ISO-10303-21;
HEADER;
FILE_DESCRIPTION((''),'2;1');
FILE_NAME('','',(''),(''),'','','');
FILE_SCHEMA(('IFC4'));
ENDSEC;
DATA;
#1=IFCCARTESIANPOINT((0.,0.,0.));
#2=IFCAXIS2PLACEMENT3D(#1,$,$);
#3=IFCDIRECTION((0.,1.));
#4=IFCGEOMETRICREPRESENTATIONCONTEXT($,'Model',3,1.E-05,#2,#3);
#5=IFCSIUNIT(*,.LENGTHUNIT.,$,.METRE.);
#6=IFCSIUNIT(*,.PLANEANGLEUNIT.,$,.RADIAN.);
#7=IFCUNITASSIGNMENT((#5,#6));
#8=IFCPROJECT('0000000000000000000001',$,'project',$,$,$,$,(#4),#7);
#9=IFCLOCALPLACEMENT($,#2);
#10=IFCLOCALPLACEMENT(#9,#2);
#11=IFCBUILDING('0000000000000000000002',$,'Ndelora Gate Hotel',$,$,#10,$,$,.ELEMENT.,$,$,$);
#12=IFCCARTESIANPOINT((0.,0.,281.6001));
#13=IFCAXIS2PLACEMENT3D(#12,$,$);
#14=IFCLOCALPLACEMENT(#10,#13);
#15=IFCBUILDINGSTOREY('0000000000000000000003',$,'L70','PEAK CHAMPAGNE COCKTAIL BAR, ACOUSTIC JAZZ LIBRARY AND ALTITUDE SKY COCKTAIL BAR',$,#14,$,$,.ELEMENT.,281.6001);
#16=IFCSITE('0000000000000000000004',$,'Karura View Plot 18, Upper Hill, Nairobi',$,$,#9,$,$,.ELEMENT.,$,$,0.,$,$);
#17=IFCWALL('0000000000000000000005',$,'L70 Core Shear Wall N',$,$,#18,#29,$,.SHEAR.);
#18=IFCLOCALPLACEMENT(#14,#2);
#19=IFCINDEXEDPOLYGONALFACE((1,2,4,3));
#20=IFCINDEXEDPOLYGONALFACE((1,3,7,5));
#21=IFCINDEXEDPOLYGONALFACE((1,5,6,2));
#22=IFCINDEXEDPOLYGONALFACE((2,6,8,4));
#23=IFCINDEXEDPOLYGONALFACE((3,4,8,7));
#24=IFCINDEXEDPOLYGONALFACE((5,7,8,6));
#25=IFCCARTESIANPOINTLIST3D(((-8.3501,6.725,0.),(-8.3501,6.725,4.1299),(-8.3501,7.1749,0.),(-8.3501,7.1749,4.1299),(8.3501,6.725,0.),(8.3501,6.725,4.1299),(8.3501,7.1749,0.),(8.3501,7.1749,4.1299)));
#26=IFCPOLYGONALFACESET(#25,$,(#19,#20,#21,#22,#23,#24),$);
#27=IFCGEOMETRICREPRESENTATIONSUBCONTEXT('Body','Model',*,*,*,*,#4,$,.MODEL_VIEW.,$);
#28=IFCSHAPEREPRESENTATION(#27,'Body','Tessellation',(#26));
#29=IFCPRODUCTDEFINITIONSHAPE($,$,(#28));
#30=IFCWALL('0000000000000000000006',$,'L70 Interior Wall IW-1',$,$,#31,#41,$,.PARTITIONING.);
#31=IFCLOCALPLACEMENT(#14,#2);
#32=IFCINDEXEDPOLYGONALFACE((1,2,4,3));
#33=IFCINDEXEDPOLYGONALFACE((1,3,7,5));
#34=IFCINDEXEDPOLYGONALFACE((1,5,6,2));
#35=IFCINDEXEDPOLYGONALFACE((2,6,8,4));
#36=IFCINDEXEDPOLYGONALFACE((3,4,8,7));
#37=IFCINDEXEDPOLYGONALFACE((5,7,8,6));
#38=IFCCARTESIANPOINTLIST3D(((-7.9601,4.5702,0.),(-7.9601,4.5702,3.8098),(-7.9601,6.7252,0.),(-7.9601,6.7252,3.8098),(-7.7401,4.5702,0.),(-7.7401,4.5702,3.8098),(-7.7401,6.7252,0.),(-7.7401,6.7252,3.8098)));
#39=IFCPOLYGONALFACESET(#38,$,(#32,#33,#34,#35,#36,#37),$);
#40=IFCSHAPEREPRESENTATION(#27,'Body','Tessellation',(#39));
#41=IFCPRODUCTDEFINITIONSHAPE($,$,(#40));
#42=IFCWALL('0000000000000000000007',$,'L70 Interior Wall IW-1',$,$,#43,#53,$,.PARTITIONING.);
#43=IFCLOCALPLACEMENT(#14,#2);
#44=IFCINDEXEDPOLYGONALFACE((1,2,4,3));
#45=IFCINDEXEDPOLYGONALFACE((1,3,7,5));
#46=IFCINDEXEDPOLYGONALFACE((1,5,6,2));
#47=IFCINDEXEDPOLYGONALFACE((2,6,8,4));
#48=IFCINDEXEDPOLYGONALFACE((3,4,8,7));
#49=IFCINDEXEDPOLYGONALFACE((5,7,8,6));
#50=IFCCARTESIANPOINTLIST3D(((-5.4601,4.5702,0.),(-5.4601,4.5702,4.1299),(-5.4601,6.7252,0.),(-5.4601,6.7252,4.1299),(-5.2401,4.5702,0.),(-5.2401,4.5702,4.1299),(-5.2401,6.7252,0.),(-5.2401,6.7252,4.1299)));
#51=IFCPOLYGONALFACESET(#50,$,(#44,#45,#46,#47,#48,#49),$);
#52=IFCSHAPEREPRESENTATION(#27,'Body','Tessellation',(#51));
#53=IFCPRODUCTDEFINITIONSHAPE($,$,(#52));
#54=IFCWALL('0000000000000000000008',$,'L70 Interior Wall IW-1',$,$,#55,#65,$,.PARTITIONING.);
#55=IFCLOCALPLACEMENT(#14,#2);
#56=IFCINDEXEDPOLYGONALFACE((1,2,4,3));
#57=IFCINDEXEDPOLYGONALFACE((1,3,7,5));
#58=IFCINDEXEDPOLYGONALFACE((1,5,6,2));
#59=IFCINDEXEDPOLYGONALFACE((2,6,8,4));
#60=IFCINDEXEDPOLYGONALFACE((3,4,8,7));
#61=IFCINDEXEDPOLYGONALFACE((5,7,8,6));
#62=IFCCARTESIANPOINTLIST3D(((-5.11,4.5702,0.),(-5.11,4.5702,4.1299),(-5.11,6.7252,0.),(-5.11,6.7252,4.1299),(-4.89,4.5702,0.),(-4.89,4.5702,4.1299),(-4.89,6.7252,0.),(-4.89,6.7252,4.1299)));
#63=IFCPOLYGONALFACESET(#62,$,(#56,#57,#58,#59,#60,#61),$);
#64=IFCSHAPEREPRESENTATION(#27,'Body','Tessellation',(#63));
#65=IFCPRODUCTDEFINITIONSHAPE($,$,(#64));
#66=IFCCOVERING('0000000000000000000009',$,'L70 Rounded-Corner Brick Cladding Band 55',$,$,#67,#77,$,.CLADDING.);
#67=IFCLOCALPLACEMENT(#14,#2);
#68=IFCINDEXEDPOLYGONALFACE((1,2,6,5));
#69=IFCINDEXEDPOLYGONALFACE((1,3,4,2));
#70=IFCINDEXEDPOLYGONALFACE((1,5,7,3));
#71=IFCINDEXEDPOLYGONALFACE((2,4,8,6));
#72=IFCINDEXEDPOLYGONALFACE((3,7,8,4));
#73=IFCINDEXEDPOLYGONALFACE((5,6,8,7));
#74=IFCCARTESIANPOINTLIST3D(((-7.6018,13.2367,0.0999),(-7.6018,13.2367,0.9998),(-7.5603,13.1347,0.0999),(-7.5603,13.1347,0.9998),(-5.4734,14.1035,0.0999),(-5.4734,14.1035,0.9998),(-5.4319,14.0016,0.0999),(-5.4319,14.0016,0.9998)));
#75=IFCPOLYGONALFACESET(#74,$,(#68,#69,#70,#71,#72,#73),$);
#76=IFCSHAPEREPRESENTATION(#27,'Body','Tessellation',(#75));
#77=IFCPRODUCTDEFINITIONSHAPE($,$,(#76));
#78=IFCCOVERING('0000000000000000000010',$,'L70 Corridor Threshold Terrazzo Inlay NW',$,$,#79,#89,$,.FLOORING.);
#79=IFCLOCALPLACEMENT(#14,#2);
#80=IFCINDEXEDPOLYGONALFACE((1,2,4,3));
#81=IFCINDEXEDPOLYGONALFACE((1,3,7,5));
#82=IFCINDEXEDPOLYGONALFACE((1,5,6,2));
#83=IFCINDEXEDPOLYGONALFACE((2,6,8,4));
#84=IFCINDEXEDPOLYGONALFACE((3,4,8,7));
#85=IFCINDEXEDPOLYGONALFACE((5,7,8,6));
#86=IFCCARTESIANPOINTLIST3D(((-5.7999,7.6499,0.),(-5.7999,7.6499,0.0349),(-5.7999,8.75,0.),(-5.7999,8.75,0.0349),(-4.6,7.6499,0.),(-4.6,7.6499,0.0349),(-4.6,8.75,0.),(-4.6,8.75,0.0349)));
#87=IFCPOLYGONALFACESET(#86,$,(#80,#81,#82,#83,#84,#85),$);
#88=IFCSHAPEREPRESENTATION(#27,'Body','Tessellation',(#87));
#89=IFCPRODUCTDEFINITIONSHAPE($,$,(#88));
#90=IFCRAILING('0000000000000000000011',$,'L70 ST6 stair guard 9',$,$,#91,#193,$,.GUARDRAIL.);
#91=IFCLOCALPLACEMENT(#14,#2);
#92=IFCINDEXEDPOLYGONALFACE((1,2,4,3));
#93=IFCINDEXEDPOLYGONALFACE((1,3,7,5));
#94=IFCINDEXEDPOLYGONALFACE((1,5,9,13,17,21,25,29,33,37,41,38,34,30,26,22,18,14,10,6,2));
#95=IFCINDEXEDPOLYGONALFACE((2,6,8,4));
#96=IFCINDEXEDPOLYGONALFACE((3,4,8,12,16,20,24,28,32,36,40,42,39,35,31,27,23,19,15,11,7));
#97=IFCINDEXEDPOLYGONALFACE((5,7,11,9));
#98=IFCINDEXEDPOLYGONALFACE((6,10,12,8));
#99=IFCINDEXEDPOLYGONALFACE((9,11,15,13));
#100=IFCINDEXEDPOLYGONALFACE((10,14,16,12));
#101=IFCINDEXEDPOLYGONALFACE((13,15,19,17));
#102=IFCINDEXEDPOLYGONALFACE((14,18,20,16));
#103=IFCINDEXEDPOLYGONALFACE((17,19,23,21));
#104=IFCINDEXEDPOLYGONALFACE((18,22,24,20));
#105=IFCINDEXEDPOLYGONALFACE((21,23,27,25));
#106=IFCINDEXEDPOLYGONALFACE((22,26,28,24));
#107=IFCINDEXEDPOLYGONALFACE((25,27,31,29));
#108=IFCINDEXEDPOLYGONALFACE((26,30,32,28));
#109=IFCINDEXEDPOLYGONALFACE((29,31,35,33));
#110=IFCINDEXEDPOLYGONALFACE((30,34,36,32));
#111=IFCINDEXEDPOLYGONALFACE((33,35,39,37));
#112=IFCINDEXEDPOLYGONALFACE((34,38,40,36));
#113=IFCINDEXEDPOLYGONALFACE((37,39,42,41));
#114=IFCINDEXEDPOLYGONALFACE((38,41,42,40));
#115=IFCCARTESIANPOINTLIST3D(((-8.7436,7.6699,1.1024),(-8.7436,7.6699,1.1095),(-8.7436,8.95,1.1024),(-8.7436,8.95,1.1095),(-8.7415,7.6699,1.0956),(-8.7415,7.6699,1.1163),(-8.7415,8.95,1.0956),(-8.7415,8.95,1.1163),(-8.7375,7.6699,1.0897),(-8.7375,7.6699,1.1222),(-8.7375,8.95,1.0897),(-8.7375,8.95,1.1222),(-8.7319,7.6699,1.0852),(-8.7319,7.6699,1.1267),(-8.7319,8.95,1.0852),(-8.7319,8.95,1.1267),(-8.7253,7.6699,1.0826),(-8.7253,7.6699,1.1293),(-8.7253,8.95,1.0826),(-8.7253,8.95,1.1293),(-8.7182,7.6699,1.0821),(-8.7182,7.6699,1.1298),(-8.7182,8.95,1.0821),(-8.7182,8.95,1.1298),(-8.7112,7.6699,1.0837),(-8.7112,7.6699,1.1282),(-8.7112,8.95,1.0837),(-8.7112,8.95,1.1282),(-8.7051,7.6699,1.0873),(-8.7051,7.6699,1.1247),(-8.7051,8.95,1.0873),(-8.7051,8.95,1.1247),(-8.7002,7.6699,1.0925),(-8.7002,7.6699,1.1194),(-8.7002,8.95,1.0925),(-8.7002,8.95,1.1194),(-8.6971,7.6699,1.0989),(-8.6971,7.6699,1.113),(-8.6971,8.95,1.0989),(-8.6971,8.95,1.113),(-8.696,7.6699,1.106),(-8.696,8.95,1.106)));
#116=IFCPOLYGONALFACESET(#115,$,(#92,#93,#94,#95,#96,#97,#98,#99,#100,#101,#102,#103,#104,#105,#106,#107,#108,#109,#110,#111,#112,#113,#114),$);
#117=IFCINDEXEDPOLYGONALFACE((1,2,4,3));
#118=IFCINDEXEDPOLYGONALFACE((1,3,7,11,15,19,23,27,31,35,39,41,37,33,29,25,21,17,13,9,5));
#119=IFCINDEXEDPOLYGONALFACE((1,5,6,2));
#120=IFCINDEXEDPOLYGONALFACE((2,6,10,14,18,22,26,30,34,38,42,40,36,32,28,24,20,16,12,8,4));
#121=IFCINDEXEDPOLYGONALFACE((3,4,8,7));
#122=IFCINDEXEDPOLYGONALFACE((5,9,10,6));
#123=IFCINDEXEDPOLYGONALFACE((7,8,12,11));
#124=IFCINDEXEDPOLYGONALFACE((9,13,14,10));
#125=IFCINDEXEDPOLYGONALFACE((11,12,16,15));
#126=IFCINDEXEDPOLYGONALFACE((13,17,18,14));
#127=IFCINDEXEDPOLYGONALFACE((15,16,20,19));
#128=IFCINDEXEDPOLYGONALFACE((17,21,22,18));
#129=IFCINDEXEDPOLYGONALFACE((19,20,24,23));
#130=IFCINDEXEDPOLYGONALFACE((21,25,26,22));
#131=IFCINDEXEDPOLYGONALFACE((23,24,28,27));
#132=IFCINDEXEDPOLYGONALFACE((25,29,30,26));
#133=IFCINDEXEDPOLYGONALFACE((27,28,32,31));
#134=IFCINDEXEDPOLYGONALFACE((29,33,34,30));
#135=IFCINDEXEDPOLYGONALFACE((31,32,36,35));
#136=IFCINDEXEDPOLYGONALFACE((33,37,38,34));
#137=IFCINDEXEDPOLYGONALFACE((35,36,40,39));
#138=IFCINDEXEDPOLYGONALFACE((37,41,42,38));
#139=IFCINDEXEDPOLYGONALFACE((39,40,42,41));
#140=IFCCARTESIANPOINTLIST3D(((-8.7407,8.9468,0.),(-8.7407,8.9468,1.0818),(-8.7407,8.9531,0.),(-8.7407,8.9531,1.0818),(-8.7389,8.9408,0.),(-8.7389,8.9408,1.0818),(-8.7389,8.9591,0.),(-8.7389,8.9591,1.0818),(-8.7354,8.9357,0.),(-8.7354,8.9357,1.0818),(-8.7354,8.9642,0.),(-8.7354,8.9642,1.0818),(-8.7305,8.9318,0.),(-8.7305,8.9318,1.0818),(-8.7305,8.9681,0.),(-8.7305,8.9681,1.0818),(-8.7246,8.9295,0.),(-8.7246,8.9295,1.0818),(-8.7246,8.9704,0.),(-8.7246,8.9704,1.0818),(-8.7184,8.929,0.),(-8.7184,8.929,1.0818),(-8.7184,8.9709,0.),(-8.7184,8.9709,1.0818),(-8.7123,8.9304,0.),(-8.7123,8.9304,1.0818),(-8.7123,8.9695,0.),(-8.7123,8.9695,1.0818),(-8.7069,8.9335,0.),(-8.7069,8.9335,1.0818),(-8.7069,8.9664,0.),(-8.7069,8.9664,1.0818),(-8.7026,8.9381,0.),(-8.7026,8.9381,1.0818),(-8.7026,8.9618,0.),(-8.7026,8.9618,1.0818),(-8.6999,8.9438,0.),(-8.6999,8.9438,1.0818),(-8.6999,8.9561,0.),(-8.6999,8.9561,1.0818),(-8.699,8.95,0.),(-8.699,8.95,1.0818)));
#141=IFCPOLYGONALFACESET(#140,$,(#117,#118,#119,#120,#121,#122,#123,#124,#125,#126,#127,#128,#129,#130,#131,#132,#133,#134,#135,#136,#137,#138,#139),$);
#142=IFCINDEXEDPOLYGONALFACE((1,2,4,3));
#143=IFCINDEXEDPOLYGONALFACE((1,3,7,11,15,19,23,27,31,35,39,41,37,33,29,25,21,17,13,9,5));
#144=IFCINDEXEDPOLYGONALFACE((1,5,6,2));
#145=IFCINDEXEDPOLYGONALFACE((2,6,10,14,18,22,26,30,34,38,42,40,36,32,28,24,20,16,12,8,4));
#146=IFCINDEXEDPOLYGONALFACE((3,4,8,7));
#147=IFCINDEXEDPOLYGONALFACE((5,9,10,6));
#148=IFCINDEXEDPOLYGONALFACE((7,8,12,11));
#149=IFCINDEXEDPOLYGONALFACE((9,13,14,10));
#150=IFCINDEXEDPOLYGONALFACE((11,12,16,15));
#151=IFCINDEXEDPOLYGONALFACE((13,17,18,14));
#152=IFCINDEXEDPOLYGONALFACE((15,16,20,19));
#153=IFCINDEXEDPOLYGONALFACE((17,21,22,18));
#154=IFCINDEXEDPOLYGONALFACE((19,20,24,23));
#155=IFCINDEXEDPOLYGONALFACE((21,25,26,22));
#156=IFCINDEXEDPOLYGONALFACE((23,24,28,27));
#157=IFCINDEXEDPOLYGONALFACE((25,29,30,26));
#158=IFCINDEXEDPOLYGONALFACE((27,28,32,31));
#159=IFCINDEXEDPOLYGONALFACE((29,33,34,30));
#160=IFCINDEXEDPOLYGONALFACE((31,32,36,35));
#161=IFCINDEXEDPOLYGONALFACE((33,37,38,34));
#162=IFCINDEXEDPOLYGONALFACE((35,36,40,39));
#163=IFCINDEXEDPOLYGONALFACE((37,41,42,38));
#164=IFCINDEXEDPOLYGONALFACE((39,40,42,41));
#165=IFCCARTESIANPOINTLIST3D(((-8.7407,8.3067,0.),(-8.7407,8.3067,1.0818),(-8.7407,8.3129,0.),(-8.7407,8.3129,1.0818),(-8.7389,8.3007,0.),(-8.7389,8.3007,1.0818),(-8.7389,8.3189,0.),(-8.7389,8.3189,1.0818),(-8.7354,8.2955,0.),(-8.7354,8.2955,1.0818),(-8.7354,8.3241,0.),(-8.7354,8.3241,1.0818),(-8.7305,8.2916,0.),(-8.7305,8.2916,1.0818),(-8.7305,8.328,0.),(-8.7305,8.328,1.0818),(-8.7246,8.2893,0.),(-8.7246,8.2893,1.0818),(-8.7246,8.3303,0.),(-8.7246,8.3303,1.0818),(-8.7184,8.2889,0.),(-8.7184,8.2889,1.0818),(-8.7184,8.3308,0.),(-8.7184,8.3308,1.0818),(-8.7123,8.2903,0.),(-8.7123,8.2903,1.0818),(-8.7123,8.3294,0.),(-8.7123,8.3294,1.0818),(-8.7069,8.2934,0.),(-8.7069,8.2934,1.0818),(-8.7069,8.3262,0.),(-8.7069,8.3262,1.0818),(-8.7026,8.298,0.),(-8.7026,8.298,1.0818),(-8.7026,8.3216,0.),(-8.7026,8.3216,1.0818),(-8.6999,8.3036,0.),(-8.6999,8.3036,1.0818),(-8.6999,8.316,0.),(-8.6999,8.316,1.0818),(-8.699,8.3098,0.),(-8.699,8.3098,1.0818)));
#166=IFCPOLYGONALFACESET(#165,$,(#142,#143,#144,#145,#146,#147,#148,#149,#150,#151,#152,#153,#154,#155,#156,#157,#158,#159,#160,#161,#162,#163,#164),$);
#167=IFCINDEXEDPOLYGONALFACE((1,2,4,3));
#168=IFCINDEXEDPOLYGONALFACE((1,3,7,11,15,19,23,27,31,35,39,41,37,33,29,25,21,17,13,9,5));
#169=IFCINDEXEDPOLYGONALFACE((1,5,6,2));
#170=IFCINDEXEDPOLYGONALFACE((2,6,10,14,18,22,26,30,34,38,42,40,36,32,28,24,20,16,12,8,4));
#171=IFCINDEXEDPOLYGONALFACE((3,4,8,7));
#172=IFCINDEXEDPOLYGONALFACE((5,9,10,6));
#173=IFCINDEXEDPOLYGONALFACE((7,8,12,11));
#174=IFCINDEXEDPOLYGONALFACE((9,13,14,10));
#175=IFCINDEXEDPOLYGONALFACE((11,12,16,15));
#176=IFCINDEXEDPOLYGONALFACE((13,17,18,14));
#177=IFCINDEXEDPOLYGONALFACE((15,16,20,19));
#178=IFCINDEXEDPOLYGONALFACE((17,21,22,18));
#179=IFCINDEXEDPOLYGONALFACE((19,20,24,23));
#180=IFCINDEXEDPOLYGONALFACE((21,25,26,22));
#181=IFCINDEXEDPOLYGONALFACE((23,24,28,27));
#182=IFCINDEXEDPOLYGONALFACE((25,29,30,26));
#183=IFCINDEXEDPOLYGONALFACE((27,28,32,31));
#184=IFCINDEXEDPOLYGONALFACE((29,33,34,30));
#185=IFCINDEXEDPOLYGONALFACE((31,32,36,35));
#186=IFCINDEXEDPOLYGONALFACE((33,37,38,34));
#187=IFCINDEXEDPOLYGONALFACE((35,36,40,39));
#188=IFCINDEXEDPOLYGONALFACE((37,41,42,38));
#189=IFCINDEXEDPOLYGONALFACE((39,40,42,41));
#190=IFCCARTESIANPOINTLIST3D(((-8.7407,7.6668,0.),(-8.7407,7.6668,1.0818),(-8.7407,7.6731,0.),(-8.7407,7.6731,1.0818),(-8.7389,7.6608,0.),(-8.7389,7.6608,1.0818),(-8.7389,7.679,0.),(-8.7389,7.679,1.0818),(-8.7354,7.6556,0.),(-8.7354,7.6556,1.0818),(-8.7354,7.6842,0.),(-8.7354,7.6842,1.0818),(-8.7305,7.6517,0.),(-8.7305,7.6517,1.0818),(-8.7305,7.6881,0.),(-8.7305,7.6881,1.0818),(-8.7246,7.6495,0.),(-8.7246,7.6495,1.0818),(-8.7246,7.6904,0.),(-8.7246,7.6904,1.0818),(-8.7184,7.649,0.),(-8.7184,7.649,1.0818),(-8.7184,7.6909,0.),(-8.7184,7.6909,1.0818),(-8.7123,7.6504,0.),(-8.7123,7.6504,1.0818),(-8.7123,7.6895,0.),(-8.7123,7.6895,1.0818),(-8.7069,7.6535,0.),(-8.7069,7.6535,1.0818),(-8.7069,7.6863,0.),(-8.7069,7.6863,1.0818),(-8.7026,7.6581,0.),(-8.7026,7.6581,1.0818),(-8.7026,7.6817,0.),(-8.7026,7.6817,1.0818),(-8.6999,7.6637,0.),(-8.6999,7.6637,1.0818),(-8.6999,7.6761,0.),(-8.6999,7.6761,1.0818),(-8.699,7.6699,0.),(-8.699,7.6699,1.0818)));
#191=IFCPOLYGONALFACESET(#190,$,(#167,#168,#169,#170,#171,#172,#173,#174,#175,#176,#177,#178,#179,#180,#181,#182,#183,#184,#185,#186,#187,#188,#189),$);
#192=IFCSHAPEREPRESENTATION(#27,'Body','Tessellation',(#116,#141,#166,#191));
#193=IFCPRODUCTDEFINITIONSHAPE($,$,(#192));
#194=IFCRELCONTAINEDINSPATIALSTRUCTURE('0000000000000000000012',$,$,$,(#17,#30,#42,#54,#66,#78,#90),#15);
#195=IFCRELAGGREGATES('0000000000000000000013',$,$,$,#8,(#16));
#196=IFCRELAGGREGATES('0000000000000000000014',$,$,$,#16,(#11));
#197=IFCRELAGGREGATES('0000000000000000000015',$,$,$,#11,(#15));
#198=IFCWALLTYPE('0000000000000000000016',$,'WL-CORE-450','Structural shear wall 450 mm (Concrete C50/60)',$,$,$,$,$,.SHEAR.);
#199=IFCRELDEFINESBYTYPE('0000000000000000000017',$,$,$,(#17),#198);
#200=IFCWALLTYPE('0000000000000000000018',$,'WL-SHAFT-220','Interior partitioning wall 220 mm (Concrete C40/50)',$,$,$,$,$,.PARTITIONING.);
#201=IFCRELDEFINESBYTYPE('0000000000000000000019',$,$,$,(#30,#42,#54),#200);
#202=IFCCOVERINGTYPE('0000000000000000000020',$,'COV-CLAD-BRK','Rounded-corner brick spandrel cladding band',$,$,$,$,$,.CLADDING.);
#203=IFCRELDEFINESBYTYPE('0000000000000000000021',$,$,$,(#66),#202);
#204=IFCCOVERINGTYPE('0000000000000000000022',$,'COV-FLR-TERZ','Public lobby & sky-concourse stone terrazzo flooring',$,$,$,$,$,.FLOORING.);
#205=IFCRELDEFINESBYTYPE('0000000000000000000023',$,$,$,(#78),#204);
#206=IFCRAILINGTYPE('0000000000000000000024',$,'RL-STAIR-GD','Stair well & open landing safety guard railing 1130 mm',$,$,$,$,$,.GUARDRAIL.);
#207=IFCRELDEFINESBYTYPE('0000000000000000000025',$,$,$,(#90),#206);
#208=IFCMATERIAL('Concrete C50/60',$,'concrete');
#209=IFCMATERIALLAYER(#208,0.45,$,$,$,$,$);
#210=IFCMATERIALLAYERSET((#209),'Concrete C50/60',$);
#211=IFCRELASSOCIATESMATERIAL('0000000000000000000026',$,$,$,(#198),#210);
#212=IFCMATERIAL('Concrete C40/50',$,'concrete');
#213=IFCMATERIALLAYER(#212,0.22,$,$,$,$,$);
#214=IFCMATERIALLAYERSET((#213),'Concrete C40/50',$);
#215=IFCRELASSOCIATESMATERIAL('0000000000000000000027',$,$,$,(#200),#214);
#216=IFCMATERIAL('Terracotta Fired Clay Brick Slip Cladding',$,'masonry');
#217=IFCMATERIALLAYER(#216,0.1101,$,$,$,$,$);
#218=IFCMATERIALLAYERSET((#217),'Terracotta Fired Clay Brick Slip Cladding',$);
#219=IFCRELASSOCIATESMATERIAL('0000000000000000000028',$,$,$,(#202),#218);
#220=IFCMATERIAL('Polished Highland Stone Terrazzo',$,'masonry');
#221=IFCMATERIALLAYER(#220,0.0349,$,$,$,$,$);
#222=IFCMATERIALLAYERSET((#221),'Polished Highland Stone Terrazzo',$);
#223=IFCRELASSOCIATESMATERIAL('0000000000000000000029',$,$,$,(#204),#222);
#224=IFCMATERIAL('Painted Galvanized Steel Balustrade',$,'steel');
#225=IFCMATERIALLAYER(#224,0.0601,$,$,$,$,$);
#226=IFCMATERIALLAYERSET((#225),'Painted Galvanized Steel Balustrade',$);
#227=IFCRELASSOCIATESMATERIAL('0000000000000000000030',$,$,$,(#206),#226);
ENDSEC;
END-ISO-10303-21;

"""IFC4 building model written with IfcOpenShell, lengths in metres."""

from ifc_helpers import new_model, si_unit, direction, frame, frame_2d, origin, origin_2d, place, context, subcontext, project, spatial, rectangle, circle, extrude, material, layer, layer_set, type_object, element, save


model = new_model("IFC4")

# Units and contexts
model_context = context("Model", 3, precision=1e-05, world=origin(), true_north=direction((0.0, 1.0)))
body_context = subcontext(model_context, "Body", "Model", "MODEL_VIEW")
ifc_project = project(units=[si_unit("LENGTHUNIT", "METRE"), si_unit("PLANEANGLEUNIT", "RADIAN")], contexts=[model_context])

# Site, building, storey
site_placement = place(None, origin())
site = spatial("IfcSite", under=ifc_project, at=site_placement, Name="Karura View Plot 18, Upper Hill, Nairobi", CompositionType="ELEMENT", RefElevation=0.0)
building_placement = place(site_placement, origin())
building = spatial("IfcBuilding", under=site, at=building_placement, Name="Ndelora Gate Hotel", CompositionType="ELEMENT")
storey_placement = place(building_placement, frame((0.0, 0.0, 281.6001)))
storey = spatial("IfcBuildingStorey", under=building, at=storey_placement, Name="L70", Description="PEAK CHAMPAGNE COCKTAIL BAR, ACOUSTIC JAZZ LIBRARY AND ALTITUDE SKY COCKTAIL BAR", CompositionType="ELEMENT", Elevation=281.6001)

# Shared definitions
ifc_material_1 = material(Name="Concrete C50/60", Category="concrete")

# Walls
ifc_layer_1 = layer(ifc_material_1, 0.45)
ifc_layer_set_1 = layer_set([ifc_layer_1], Name="Concrete C50/60")
wall_type_1 = type_object("IfcWallType", Name="WL-CORE-450", Description="Structural shear wall 450 mm (Concrete C50/60)", PredefinedType="SHEAR", material=ifc_layer_set_1)
wall_1_placement = place(storey_placement, frame((-8.3501, 6.95, 0.0), z_axis=(0.0, 0.0, 1.0), x_axis=(1.0, 0.0, 0.0)))
element("IfcWall", 1, at=wall_1_placement, inside=storey, type_object=wall_type_1, Name="L70 Core Shear Wall N", PredefinedType="SHEAR", context=body_context, shape_type="SweptSolid", body=[
    extrude(rectangle(XDim=16.7002, YDim=0.45, at=frame_2d((8.3501, 0.0))), origin(), (0.0, 0.0, 1.0), 4.1299),
])
ifc_material_2 = material(Name="Concrete C40/50", Category="concrete")
ifc_layer_2 = layer(ifc_material_2, 0.22)
ifc_layer_set_2 = layer_set([ifc_layer_2], Name="Concrete C40/50")
wall_type_2 = type_object("IfcWallType", Name="WL-SHAFT-220", Description="Interior partitioning wall 220 mm (Concrete C40/50)", PredefinedType="PARTITIONING", material=ifc_layer_set_2)
wall_2_placement = place(storey_placement, frame((-7.8501, 4.5701, 0.0), z_axis=(0.0, 0.0, 1.0), x_axis=(0.0, 1.0, 0.0)))
element("IfcWall", 2, at=wall_2_placement, inside=storey, type_object=wall_type_2, Name="L70 Interior Wall IW-1", PredefinedType="PARTITIONING", context=body_context, shape_type="SweptSolid", body=[
    extrude(rectangle(XDim=2.155, YDim=0.22, at=frame_2d((1.0776, 0.0))), origin(), (0.0, 0.0, 1.0), 3.8098),
])
wall_3_placement = place(storey_placement, frame((-5.3501, 4.5701, 0.0), z_axis=(0.0, 0.0, 1.0), x_axis=(0.0, 1.0, 0.0)))
element("IfcWall", 3, at=wall_3_placement, inside=storey, type_object=wall_type_2, Name="L70 Interior Wall IW-1", PredefinedType="PARTITIONING", context=body_context, shape_type="SweptSolid", body=[
    extrude(rectangle(XDim=2.155, YDim=0.22, at=frame_2d((1.0776, 0.0))), origin(), (0.0, 0.0, 1.0), 4.1299),
])

# Wall
wall_4_placement = place(storey_placement, frame((-5.0, 4.5701, 0.0), z_axis=(0.0, 0.0, 1.0), x_axis=(0.0, 1.0, 0.0)))
element("IfcWall", 4, at=wall_4_placement, inside=storey, type_object=wall_type_2, Name="L70 Interior Wall IW-1", PredefinedType="PARTITIONING", context=body_context, shape_type="SweptSolid", body=[
    extrude(rectangle(XDim=2.155, YDim=0.22, at=frame_2d((1.0776, 0.0))), origin(), (0.0, 0.0, 1.0), 4.1299),
])

# Coverings
ifc_material_3 = material(Name="Terracotta Fired Clay Brick Slip Cladding", Category="masonry")
ifc_layer_3 = layer(ifc_material_3, 0.1101)
ifc_layer_set_3 = layer_set([ifc_layer_3], Name="Terracotta Fired Clay Brick Slip Cladding")
covering_type_1 = type_object("IfcCoveringType", Name="COV-CLAD-BRK", Description="Rounded-corner brick spandrel cladding band", PredefinedType="CLADDING", material=ifc_layer_set_3)
covering_1_placement = place(storey_placement, frame((-6.5168, 13.6191, 0.0999), z_axis=(0.0, 0.0, 1.0), x_axis=(0.926134, 0.377194, 0.0)))
element("IfcCovering", 5, at=covering_1_placement, inside=storey, type_object=covering_type_1, Name="L70 Rounded-Corner Brick Cladding Band 55", PredefinedType="CLADDING", context=body_context, shape_type="SweptSolid", body=[
    extrude(rectangle(XDim=2.2981, YDim=0.1101, at=origin_2d()), origin(), (0.0, 0.0, 1.0), 0.8999),
])
ifc_material_4 = material(Name="Polished Highland Stone Terrazzo", Category="masonry")
ifc_layer_4 = layer(ifc_material_4, 0.0349)
ifc_layer_set_4 = layer_set([ifc_layer_4], Name="Polished Highland Stone Terrazzo")
covering_type_2 = type_object("IfcCoveringType", Name="COV-FLR-TERZ", Description="Public lobby & sky-concourse stone terrazzo flooring", PredefinedType="FLOORING", material=ifc_layer_set_4)
covering_2_placement = place(storey_placement, frame((-5.2, 8.2, 0.0), z_axis=(0.0, 0.0, 1.0), x_axis=(1.0, 0.0, 0.0)))
element("IfcCovering", 6, at=covering_2_placement, inside=storey, type_object=covering_type_2, Name="L70 Corridor Threshold Terrazzo Inlay NW", PredefinedType="FLOORING", context=body_context, shape_type="SweptSolid", body=[
    extrude(rectangle(XDim=1.2, YDim=1.1001, at=origin_2d()), origin(), (0.0, 0.0, 1.0), 0.0349),
])

# Railing
ifc_material_5 = material(Name="Painted Galvanized Steel Balustrade", Category="steel")
ifc_layer_5 = layer(ifc_material_5, 0.0601)
ifc_layer_set_5 = layer_set([ifc_layer_5], Name="Painted Galvanized Steel Balustrade")
railing_type = type_object("IfcRailingType", Name="RL-STAIR-GD", Description="Stair well & open landing safety guard railing 1130 mm", PredefinedType="GUARDRAIL", material=ifc_layer_set_5)
railing_1_placement = place(storey_placement, frame((-8.72, 8.95, 0.0)))
element("IfcRailing", 7, at=railing_1_placement, inside=storey, type_object=railing_type, Name="L70 ST6 stair guard 9", PredefinedType="GUARDRAIL", context=body_context, shape_type="SweptSolid", body=[
    extrude(circle(Radius=0.0239, at=origin_2d()), frame((0.0, 0.0, 1.106), z_axis=(0.0, -1.0, 0.0), x_axis=(1.0, 0.0, 0.0)), (0.0, 0.0, 1.0), 1.28),
    extrude(circle(Radius=0.021, at=origin_2d()), origin(), (0.0, 0.0, 1.0), 1.0818),
    extrude(circle(Radius=0.021, at=origin_2d()), frame((0.0, -0.6401, 0.0)), (0.0, 0.0, 1.0), 1.0818),
    extrude(circle(Radius=0.021, at=origin_2d()), frame((0.0, -1.28, 0.0)), (0.0, 0.0, 1.0), 1.0818),
])

save(model, "model.ifc")
